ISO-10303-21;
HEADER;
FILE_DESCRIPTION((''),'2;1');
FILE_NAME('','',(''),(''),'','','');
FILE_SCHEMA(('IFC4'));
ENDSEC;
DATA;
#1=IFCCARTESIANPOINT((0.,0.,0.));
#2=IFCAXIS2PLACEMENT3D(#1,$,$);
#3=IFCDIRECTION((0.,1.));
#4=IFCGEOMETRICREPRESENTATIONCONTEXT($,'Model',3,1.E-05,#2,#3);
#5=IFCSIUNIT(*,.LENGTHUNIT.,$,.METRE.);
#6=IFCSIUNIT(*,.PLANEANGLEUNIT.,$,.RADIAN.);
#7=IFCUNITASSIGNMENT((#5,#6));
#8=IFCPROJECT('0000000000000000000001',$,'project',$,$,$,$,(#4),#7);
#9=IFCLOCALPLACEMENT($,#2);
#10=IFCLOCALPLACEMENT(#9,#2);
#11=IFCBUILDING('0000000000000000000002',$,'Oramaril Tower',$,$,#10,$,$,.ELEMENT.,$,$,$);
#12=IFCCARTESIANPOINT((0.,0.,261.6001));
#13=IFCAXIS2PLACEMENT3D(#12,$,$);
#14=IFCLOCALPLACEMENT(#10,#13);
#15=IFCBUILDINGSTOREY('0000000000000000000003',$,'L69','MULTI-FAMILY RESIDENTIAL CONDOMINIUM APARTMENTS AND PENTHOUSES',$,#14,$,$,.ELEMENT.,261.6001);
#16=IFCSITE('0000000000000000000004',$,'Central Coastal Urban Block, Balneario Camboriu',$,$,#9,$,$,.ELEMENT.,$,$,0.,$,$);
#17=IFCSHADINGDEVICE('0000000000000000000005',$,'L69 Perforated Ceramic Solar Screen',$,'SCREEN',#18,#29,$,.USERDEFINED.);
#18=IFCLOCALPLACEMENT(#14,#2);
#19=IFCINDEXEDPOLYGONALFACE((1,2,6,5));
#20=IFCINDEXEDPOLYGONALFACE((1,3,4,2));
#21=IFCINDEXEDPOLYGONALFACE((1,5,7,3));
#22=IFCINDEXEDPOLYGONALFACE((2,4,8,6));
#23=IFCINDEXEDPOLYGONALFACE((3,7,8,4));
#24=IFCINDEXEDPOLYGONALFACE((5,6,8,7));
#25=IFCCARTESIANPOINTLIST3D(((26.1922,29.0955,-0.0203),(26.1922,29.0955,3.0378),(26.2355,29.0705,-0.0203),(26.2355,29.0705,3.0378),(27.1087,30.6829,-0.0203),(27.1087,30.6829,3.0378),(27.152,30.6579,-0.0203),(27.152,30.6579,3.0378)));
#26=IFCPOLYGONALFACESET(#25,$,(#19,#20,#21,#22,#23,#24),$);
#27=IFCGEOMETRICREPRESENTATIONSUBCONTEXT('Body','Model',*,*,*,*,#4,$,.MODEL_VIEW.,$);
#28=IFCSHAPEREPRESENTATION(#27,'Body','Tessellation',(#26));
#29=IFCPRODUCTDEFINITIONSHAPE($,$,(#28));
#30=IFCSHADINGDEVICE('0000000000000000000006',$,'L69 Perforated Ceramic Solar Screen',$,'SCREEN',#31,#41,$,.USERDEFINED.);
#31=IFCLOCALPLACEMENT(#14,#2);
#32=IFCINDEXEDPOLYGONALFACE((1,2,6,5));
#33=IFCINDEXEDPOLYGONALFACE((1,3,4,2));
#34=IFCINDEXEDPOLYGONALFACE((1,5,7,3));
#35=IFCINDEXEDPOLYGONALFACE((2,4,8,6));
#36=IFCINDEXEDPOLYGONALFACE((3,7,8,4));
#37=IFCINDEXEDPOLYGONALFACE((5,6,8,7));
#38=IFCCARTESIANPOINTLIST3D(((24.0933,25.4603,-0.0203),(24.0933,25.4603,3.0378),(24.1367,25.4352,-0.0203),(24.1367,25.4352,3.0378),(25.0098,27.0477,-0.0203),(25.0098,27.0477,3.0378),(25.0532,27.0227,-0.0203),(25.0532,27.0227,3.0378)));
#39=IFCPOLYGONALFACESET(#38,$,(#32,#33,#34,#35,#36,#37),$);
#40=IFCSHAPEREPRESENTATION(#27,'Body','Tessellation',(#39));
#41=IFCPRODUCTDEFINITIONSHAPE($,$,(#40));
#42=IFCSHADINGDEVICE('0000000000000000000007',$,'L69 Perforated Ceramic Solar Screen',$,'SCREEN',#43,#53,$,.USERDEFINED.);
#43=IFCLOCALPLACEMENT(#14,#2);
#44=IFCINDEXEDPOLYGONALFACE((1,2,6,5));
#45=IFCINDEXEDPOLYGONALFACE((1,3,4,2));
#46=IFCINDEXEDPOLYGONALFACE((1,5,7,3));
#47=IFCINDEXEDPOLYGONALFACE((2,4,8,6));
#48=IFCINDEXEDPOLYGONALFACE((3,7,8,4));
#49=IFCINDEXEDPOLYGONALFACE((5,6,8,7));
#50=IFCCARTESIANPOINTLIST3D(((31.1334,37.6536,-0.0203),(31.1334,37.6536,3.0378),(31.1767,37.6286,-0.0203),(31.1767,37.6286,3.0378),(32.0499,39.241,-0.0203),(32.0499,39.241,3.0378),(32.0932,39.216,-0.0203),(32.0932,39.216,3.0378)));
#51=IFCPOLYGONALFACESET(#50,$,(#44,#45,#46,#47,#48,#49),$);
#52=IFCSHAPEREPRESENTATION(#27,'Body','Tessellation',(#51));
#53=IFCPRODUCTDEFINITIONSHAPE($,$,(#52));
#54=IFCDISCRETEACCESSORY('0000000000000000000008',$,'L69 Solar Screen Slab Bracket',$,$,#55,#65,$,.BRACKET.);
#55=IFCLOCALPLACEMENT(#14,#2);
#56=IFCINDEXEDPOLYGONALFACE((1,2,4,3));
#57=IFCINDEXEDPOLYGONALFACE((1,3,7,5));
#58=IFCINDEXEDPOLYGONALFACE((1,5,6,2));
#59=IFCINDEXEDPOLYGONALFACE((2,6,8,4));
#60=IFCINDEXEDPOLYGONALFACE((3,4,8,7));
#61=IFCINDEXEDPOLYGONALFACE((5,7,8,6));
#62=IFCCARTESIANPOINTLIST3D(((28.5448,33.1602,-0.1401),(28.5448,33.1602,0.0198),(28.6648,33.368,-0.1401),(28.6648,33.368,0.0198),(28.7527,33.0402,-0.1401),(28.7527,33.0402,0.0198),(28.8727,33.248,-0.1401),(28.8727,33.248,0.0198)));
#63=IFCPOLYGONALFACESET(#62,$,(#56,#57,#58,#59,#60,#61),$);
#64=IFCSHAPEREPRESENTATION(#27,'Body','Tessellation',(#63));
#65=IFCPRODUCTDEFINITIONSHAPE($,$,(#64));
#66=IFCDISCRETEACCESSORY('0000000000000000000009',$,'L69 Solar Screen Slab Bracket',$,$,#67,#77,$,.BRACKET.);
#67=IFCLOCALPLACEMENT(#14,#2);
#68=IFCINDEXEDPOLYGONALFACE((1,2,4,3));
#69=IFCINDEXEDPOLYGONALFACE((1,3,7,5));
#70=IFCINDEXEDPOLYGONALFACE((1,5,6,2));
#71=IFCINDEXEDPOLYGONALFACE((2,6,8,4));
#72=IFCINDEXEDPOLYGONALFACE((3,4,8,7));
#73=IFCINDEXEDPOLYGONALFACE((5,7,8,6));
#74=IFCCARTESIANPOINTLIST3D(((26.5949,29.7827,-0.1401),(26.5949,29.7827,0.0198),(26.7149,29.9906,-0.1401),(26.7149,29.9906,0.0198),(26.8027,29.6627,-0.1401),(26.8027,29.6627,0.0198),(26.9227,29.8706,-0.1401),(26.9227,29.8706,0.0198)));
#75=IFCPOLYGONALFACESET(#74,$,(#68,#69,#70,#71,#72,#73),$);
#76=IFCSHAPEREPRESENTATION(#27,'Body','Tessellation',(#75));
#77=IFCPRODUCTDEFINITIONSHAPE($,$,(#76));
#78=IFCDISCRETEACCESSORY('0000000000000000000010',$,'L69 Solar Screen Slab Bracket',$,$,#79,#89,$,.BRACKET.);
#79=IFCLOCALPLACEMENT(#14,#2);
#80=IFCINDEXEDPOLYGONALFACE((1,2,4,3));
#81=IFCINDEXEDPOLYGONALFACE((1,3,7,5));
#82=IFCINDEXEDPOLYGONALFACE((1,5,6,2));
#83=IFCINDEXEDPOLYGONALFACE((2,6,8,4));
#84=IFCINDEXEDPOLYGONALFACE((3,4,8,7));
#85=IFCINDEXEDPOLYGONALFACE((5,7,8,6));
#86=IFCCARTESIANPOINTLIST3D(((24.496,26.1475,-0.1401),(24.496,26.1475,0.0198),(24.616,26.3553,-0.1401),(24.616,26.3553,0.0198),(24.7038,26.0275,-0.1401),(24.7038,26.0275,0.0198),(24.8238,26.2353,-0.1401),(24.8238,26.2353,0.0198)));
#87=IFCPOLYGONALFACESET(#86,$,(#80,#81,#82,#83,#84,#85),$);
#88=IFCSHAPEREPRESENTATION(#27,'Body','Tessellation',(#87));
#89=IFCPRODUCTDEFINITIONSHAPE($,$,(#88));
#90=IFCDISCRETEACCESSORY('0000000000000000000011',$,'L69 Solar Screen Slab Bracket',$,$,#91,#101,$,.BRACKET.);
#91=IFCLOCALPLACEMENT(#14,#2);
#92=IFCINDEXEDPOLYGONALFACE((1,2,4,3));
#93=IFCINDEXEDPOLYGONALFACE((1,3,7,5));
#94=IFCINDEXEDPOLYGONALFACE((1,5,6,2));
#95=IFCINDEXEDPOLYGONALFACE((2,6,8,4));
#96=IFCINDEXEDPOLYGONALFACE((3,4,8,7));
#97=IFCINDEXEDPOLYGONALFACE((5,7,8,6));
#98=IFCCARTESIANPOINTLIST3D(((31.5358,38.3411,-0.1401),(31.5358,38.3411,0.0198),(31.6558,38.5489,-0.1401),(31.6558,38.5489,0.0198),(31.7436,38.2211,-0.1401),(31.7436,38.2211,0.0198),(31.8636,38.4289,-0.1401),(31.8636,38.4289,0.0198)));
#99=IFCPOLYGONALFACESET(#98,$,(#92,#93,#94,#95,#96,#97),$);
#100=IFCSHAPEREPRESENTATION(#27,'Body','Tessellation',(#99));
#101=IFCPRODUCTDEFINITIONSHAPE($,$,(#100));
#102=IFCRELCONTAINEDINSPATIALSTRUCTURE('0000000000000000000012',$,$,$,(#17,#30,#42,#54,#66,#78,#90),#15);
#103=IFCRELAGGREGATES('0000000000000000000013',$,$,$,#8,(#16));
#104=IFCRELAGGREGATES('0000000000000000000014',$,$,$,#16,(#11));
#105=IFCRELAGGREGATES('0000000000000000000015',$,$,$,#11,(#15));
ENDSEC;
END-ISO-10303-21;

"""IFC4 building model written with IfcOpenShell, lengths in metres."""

from ifc_helpers import new_model, si_unit, direction, frame, origin, origin_2d, place, context, subcontext, project, spatial, rectangle, extrude, element, save


model = new_model("IFC4")

# Units and contexts
model_context = context("Model", 3, precision=1e-05, world=origin(), true_north=direction((0.0, 1.0)))
body_context = subcontext(model_context, "Body", "Model", "MODEL_VIEW")
ifc_project = project(units=[si_unit("LENGTHUNIT", "METRE"), si_unit("PLANEANGLEUNIT", "RADIAN")], contexts=[model_context])

# Site, building, storey
site_placement = place(None, origin())
site = spatial("IfcSite", under=ifc_project, at=site_placement, Name="Central Coastal Urban Block, Balneario Camboriu", CompositionType="ELEMENT", RefElevation=0.0)
building_placement = place(site_placement, origin())
building = spatial("IfcBuilding", under=site, at=building_placement, Name="Oramaril Tower", CompositionType="ELEMENT")
storey_placement = place(building_placement, frame((0.0, 0.0, 261.6001)))
storey = spatial("IfcBuildingStorey", under=building, at=storey_placement, Name="L69", Description="MULTI-FAMILY RESIDENTIAL CONDOMINIUM APARTMENTS AND PENTHOUSES", CompositionType="ELEMENT", Elevation=261.6001)

# Shading devices
for number, where, z_axis, x_axis, name in (
    (1, (26.6721, 29.8767, -0.0203), (0.0, 0.0, 1.0), (-0.5, -0.866025, 0.0), "L69 Perforated Ceramic Solar Screen"),
    (2, (24.5732, 26.2415, -0.0203), (0.0, 0.0, 1.0), (-0.5, -0.866025, 0.0), "L69 Perforated Ceramic Solar Screen"),
    (3, (31.6133, 38.4348, -0.0203), (0.0, 0.0, 1.0), (-0.5, -0.866025, 0.0), "L69 Perforated Ceramic Solar Screen"),
):
    element("IfcShadingDevice", number, at=place(storey_placement, frame(where, z_axis=z_axis, x_axis=x_axis)), inside=storey, Name=name, ObjectType="SCREEN", PredefinedType="USERDEFINED", context=body_context, shape_type="SweptSolid", body=[
        extrude(rectangle(XDim=1.833, YDim=0.05, at=origin_2d()), origin(), (0.0, 0.0, 1.0), 3.0581),
    ])

# Discrete accessories
for number, where, z_axis, x_axis, name in (
    (4, (28.7087, 33.2041, -0.1401), (0.0, 0.0, 1.0), (-0.5, -0.866025, 0.0), "L69 Solar Screen Slab Bracket"),
    (5, (26.7588, 29.8267, -0.1401), (0.0, 0.0, 1.0), (-0.5, -0.866025, 0.0), "L69 Solar Screen Slab Bracket"),
    (6, (24.6599, 26.1914, -0.1401), (0.0, 0.0, 1.0), (-0.5, -0.866025, 0.0), "L69 Solar Screen Slab Bracket"),
    (7, (31.6997, 38.385, -0.1401), (0.0, 0.0, 1.0), (-0.5, -0.866025, 0.0), "L69 Solar Screen Slab Bracket"),
):
    element("IfcDiscreteAccessory", number, at=place(storey_placement, frame(where, z_axis=z_axis, x_axis=x_axis)), inside=storey, Name=name, PredefinedType="BRACKET", context=body_context, shape_type="SweptSolid", body=[
        extrude(rectangle(XDim=0.24, YDim=0.24, at=origin_2d()), origin(), (0.0, 0.0, 1.0), 0.1599),
    ])

save(model, "model.ifc")
